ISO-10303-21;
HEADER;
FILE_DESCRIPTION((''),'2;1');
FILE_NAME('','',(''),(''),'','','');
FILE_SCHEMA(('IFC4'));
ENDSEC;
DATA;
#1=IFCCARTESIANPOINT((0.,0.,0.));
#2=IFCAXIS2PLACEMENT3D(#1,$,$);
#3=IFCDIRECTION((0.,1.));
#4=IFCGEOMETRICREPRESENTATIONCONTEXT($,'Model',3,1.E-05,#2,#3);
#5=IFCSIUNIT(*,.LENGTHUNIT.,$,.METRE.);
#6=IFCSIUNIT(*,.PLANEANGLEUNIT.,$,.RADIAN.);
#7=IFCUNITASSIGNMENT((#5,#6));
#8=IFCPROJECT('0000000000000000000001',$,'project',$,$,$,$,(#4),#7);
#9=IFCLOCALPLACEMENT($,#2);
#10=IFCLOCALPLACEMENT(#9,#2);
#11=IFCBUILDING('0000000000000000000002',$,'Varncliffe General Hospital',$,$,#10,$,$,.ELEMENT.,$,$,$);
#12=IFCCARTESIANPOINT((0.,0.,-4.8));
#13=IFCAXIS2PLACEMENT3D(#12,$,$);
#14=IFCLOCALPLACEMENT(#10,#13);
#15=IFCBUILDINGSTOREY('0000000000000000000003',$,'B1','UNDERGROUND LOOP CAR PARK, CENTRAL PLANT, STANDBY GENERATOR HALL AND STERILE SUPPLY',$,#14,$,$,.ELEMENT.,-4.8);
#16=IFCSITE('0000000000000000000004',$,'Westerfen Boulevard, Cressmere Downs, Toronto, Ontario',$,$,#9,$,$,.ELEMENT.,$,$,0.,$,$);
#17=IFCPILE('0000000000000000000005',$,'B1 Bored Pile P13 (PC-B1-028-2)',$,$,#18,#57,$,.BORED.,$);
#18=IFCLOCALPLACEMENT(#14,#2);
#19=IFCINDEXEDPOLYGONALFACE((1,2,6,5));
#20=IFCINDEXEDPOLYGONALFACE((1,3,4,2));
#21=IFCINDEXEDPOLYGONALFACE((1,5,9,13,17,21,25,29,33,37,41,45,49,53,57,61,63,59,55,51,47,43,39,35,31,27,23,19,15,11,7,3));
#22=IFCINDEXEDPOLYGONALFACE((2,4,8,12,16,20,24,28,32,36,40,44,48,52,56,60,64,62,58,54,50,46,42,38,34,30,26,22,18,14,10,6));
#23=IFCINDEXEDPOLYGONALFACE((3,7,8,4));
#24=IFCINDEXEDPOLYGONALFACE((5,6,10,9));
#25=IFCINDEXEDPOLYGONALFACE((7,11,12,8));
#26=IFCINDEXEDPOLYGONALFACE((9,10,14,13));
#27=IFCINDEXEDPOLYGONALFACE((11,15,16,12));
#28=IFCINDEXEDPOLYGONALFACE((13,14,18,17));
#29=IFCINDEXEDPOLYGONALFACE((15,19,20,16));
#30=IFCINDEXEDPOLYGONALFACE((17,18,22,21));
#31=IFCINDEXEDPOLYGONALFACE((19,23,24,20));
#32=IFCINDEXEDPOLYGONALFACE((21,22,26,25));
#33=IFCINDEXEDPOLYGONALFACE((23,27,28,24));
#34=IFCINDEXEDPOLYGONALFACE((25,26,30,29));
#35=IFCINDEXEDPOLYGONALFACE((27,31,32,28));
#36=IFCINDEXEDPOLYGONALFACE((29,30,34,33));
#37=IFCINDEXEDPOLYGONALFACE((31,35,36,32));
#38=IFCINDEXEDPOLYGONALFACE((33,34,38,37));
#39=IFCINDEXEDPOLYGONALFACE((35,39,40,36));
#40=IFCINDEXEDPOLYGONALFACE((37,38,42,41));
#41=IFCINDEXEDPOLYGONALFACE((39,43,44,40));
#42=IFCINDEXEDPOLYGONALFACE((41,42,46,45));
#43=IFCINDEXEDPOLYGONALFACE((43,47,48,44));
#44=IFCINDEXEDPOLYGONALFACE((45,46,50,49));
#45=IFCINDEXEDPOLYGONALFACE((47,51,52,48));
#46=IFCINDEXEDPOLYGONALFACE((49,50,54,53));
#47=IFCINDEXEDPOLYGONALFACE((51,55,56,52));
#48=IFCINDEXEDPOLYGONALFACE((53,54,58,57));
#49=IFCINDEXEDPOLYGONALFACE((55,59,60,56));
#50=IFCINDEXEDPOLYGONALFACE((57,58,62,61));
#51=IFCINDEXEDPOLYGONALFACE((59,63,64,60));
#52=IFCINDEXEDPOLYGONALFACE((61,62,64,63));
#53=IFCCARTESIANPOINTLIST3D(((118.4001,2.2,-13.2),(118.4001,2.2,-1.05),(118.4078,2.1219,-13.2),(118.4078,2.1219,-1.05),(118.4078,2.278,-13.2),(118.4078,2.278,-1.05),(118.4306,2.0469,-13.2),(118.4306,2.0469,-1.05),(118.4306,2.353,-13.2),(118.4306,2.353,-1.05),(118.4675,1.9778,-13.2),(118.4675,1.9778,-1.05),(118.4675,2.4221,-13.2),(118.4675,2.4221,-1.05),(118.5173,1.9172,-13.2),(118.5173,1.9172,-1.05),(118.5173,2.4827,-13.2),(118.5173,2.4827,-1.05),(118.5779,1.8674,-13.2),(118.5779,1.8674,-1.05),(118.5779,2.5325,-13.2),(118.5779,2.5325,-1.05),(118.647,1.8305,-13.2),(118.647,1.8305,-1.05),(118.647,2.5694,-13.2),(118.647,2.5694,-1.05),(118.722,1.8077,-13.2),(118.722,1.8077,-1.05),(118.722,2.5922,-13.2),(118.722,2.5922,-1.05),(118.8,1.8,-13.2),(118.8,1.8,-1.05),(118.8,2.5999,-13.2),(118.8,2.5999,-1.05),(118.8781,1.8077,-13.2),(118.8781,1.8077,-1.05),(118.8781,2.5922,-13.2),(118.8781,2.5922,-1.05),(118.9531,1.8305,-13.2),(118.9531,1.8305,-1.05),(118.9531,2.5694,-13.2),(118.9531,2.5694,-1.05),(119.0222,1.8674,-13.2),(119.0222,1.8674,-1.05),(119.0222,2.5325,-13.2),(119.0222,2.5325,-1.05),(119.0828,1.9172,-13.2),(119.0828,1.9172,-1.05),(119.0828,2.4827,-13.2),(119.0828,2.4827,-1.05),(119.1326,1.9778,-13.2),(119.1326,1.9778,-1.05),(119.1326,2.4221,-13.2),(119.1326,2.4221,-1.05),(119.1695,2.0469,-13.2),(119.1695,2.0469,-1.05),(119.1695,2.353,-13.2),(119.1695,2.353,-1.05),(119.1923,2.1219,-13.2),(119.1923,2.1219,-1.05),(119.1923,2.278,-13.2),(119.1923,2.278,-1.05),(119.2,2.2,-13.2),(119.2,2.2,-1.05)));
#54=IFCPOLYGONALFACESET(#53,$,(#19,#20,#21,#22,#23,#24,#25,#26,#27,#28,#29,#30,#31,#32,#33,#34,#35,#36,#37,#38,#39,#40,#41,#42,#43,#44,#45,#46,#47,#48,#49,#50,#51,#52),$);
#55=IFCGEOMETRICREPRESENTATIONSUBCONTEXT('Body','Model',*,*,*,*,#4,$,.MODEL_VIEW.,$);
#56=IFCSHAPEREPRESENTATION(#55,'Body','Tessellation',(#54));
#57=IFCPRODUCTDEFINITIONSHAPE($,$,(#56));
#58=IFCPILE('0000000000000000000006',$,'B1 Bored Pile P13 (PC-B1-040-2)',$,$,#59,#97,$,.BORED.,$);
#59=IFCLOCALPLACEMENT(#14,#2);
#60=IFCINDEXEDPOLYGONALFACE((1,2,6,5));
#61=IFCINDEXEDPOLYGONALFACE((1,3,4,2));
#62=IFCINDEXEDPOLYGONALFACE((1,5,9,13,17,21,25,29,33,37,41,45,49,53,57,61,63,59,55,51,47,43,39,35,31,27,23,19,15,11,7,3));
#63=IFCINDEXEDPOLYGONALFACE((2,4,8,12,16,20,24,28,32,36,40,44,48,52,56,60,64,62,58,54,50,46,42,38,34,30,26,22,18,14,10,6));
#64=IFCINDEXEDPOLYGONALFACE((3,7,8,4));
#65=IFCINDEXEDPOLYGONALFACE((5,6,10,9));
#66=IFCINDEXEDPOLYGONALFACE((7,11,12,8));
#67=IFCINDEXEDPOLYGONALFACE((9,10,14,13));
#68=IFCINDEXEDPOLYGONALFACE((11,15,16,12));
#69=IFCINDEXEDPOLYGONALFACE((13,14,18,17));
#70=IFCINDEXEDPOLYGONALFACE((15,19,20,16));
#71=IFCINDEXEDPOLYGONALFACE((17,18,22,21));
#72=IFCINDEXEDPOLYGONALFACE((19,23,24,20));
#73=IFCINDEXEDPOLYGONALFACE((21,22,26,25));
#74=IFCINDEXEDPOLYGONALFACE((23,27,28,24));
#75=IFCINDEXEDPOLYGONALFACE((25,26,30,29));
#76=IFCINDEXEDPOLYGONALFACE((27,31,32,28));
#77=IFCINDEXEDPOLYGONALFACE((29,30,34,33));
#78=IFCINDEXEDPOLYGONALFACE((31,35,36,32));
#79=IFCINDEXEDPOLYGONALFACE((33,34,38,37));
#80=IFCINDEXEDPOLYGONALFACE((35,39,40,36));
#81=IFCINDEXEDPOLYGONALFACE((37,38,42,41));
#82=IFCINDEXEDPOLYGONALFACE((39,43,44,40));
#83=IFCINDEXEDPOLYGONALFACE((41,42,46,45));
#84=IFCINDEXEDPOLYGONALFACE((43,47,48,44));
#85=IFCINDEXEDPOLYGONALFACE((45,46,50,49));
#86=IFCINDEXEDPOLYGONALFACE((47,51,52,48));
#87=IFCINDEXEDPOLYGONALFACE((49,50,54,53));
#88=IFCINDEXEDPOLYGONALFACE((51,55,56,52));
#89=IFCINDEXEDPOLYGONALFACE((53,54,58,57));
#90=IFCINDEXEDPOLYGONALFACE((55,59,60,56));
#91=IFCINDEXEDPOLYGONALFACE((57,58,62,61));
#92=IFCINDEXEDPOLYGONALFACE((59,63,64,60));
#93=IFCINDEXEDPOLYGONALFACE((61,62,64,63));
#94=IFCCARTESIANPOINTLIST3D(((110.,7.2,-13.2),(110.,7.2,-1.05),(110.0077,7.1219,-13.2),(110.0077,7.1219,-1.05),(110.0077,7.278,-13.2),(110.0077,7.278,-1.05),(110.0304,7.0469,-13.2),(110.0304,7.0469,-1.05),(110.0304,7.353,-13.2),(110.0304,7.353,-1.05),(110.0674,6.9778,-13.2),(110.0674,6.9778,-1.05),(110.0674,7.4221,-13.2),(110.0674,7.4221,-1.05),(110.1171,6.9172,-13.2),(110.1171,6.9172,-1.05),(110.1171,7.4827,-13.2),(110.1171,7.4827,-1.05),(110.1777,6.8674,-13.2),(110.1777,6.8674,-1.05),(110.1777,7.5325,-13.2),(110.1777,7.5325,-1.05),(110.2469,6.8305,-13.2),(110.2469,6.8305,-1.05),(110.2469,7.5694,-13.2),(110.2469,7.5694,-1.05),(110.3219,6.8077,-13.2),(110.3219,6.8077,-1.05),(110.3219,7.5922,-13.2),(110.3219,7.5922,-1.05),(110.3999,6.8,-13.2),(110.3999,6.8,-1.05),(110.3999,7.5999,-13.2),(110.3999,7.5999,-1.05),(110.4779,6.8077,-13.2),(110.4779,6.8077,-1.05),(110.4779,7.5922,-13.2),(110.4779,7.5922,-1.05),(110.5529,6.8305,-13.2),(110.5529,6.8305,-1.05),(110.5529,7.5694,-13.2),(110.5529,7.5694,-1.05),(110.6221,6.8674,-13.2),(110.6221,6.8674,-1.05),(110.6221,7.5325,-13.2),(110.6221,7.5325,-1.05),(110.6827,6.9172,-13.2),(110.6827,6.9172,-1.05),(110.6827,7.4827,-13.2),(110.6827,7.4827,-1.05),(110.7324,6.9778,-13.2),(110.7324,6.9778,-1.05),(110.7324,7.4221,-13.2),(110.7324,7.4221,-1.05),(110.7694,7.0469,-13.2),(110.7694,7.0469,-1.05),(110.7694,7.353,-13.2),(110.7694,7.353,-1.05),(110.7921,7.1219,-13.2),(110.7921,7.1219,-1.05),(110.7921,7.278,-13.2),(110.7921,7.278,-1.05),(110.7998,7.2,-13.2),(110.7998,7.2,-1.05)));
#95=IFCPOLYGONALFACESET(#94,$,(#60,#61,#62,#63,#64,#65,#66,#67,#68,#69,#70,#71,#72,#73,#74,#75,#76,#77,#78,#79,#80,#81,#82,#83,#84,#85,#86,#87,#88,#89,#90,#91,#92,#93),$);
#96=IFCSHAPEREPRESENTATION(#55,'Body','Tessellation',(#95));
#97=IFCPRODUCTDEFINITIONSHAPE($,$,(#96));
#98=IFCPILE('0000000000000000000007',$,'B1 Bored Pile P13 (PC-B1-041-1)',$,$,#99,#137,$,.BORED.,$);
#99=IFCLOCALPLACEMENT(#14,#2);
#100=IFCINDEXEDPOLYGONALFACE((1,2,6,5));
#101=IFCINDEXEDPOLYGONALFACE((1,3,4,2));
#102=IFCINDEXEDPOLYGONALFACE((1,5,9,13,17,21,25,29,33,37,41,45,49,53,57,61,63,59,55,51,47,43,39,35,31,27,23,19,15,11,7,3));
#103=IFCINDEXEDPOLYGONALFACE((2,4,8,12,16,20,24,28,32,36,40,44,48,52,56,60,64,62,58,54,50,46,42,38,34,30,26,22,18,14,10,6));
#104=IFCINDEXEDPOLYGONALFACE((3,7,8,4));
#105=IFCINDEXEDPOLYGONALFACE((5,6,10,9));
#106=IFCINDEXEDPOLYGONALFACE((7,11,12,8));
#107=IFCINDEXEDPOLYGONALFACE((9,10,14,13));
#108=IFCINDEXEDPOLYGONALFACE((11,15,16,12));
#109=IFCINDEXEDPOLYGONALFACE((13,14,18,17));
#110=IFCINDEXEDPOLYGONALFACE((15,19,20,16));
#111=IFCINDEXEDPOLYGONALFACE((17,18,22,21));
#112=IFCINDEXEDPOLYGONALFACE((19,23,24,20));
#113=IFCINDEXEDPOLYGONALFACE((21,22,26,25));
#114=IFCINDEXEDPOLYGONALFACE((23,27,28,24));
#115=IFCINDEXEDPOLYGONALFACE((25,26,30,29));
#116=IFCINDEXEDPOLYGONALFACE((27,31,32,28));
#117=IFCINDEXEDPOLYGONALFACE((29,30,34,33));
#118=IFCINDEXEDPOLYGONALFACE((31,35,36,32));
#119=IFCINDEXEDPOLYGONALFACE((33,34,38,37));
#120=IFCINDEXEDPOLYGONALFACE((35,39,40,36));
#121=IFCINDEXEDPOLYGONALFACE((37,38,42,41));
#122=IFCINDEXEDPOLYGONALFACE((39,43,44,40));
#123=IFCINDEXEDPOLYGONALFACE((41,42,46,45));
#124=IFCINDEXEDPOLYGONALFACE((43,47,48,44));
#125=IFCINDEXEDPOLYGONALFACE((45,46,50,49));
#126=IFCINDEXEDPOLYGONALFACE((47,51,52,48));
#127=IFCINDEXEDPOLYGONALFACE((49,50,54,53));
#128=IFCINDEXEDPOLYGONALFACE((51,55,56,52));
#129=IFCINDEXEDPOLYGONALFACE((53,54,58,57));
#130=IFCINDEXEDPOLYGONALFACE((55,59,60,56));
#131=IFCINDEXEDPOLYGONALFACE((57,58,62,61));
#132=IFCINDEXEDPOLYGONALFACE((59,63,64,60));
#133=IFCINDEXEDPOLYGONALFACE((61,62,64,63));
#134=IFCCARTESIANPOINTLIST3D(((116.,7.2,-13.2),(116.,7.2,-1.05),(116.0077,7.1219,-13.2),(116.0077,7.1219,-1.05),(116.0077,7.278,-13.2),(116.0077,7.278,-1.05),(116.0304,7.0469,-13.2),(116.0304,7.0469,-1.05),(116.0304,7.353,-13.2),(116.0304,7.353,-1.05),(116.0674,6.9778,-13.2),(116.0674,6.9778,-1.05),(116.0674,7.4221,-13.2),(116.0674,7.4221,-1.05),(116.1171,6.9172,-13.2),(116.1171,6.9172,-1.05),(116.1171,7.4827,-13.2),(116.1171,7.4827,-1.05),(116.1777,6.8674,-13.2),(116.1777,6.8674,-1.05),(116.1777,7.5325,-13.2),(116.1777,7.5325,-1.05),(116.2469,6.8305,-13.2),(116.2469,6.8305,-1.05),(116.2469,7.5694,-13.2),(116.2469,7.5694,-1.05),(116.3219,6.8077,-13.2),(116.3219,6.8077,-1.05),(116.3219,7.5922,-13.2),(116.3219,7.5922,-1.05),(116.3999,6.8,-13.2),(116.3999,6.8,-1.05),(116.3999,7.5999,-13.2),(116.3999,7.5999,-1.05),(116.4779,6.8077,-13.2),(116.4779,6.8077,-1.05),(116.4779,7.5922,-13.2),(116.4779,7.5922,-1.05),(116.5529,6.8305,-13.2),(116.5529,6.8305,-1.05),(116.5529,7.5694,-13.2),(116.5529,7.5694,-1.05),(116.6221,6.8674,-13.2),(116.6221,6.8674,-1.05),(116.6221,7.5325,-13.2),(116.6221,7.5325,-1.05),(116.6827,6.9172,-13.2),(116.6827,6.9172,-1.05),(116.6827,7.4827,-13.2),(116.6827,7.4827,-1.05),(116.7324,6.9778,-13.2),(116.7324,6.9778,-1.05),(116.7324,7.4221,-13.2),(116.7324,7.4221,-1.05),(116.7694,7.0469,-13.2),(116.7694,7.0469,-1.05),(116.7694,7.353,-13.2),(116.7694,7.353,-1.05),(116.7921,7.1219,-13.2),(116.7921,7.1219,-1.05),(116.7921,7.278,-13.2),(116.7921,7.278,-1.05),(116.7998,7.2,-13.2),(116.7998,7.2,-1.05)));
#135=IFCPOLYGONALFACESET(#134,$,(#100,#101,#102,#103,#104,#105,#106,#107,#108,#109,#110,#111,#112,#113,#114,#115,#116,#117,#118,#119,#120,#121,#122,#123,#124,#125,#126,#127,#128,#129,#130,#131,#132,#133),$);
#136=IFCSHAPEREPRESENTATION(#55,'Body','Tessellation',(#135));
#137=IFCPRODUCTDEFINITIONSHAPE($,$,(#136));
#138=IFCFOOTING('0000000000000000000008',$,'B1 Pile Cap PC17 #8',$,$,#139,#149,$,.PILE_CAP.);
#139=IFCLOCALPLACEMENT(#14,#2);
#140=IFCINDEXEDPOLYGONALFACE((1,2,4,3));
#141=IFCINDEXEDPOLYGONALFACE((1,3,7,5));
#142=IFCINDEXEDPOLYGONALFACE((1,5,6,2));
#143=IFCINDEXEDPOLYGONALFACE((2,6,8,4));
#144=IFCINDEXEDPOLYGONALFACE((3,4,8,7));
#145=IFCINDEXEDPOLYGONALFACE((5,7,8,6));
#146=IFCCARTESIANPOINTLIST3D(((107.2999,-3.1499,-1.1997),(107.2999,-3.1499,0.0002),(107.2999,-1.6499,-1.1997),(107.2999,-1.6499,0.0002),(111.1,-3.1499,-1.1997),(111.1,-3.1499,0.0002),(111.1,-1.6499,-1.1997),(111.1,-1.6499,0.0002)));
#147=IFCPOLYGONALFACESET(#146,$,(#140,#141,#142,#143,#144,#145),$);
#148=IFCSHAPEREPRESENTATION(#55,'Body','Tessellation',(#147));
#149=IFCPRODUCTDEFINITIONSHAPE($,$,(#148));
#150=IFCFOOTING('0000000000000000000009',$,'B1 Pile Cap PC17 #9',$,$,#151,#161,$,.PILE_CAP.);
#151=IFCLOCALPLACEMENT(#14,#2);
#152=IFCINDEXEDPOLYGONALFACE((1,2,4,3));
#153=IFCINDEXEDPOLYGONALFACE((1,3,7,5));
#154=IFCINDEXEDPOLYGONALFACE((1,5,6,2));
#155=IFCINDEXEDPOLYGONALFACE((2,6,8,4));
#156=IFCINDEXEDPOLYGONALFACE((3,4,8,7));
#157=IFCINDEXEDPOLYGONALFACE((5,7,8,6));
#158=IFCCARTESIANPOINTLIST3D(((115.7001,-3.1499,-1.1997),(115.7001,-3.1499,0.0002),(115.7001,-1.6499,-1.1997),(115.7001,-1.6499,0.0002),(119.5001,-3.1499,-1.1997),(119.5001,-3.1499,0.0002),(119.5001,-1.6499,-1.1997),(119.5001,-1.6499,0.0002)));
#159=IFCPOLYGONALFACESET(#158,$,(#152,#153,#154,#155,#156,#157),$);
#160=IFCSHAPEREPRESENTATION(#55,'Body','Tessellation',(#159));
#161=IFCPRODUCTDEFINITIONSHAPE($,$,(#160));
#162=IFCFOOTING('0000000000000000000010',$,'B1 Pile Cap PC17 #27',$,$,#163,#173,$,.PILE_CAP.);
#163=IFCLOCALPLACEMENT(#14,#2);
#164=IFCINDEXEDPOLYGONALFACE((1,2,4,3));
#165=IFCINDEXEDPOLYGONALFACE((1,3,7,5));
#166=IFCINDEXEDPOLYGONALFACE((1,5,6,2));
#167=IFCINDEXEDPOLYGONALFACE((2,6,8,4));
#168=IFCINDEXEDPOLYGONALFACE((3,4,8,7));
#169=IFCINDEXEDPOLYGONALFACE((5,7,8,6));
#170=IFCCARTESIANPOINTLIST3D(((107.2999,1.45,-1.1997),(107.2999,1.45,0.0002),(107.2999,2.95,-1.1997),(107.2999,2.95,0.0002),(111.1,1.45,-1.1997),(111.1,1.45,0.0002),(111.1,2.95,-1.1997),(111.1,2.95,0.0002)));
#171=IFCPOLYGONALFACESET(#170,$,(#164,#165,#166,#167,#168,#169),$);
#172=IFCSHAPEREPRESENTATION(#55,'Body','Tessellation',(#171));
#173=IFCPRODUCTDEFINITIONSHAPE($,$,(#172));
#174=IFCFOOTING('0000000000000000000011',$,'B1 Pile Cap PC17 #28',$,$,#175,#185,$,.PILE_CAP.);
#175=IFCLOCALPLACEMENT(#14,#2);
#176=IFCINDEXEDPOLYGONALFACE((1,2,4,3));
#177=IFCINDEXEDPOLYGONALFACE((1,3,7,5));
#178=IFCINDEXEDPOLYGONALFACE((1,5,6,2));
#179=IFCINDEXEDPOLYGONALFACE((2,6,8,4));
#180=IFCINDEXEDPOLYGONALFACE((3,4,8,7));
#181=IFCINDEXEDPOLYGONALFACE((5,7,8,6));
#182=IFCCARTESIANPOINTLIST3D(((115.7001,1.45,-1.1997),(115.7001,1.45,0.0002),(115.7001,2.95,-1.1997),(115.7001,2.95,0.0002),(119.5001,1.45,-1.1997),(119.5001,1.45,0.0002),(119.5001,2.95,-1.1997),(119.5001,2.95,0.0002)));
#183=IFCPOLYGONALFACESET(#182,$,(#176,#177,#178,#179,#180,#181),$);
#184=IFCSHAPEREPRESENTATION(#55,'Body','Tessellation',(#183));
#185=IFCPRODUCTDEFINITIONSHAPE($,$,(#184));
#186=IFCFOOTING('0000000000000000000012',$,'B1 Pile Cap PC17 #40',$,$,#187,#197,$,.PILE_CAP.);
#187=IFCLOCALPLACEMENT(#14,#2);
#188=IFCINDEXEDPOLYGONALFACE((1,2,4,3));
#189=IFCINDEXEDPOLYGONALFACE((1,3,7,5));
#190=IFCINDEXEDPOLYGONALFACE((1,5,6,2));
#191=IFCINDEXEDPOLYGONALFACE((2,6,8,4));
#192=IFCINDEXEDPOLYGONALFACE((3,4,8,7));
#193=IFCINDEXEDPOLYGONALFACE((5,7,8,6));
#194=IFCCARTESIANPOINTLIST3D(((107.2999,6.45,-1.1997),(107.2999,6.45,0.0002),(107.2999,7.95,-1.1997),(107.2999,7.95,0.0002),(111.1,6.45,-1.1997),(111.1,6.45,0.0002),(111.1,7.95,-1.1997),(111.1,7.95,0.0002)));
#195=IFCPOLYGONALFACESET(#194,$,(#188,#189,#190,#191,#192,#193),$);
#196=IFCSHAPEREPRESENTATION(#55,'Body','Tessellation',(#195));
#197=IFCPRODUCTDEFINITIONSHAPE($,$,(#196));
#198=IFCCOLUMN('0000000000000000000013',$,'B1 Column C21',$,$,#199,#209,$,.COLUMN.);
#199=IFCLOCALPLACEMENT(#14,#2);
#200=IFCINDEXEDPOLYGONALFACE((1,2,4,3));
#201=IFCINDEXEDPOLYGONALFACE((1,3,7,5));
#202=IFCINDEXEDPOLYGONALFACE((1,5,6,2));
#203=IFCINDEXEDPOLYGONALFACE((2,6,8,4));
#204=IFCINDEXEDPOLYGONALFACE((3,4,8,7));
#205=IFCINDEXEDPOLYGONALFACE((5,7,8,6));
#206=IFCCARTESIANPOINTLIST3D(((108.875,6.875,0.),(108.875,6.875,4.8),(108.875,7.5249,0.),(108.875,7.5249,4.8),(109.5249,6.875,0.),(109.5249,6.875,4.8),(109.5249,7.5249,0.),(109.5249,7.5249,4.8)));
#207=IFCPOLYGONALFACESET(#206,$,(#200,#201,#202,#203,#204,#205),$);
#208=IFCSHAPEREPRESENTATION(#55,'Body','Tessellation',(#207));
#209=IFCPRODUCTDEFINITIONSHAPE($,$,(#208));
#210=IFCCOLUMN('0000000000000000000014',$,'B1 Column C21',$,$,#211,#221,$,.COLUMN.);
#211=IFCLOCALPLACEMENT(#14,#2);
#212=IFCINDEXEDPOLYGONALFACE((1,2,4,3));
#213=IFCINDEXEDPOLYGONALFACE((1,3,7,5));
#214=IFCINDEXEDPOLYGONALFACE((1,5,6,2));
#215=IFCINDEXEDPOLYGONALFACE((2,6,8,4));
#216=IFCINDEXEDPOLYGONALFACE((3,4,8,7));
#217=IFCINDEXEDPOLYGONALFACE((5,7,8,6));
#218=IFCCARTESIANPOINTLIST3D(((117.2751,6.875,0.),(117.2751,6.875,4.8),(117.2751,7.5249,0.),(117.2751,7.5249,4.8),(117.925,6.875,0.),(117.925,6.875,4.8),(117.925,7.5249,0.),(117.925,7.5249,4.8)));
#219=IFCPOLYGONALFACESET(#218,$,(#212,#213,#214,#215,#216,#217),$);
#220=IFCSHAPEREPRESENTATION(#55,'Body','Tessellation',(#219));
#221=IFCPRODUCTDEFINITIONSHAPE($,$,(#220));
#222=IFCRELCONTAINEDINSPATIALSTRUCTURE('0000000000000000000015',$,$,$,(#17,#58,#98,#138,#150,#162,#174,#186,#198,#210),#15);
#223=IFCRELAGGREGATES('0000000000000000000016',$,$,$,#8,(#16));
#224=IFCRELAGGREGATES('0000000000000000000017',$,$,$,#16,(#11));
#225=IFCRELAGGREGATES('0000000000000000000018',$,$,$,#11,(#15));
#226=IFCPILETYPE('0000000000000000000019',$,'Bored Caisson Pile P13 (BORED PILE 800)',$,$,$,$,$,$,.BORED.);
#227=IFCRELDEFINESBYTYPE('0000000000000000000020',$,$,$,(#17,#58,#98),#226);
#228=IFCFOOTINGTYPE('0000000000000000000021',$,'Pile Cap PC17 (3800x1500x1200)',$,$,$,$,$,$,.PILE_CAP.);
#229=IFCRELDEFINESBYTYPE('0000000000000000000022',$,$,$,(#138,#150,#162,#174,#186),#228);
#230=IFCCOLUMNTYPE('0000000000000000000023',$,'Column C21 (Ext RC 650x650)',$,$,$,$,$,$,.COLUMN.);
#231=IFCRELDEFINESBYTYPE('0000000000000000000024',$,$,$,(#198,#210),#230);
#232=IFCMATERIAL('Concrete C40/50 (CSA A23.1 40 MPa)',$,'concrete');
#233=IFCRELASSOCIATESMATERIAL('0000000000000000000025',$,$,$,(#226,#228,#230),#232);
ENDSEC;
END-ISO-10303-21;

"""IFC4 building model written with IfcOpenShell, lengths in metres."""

from ifc_helpers import new_model, si_unit, direction, frame, origin, origin_2d, place, context, subcontext, project, spatial, rectangle, circle, extrude, material, material_profile, profile_set, type_object, element, save


model = new_model("IFC4")

# Units and contexts
model_context = context("Model", 3, precision=1e-05, world=origin(), true_north=direction((0.0, 1.0)))
body_context = subcontext(model_context, "Body", "Model", "MODEL_VIEW")
ifc_project = project(units=[si_unit("LENGTHUNIT", "METRE"), si_unit("PLANEANGLEUNIT", "RADIAN")], contexts=[model_context])

# Site, building, storey
site_placement = place(None, origin())
site = spatial("IfcSite", under=ifc_project, at=site_placement, Name="Westerfen Boulevard, Cressmere Downs, Toronto, Ontario", CompositionType="ELEMENT", RefElevation=0.0)
building_placement = place(site_placement, origin())
building = spatial("IfcBuilding", under=site, at=building_placement, Name="Varncliffe General Hospital", CompositionType="ELEMENT")
storey_placement = place(building_placement, frame((0.0, 0.0, -4.8)))
storey = spatial("IfcBuildingStorey", under=building, at=storey_placement, Name="B1", Description="UNDERGROUND LOOP CAR PARK, CENTRAL PLANT, STANDBY GENERATOR HALL AND STERILE SUPPLY", CompositionType="ELEMENT", Elevation=-4.8)

# Piles
ifc_material_1 = material(Name="Concrete C40/50 (CSA A23.1 40 MPa)", Category="concrete")
ifc_material_profile_1 = material_profile(ifc_material_1, circle(Radius=0.3999, at=origin_2d()), Name="BORED PILE 800")
ifc_profile_set_1 = profile_set([ifc_material_profile_1], Name="Concrete C40/50 (CSA A23.1 40 MPa)")
pile_type = type_object("IfcPileType", Name="Bored Caisson Pile P13 (BORED PILE 800)", PredefinedType="BORED", material=ifc_profile_set_1)
for number, where, z_axis, x_axis, name in (
    (1, (118.8, 2.2, -1.05), (0.0, 0.0, -1.0), (1.0, 0.0, 0.0), "B1 Bored Pile P13 (PC-B1-028-2)"),
    (2, (110.3999, 7.2, -1.05), (0.0, 0.0, -1.0), (1.0, 0.0, 0.0), "B1 Bored Pile P13 (PC-B1-040-2)"),
    (3, (116.3999, 7.2, -1.05), (0.0, 0.0, -1.0), (1.0, 0.0, 0.0), "B1 Bored Pile P13 (PC-B1-041-1)"),
):
    element("IfcPile", number, at=place(storey_placement, frame(where, z_axis=z_axis, x_axis=x_axis)), inside=storey, type_object=pile_type, Name=name, PredefinedType="BORED", context=body_context, shape_type="SweptSolid", body=[
        extrude(circle(Radius=0.3999, at=origin_2d()), origin(), (0.0, 0.0, 1.0), 12.1499),
    ])

# Footings
footing_type = type_object("IfcFootingType", Name="Pile Cap PC17 (3800x1500x1200)", PredefinedType="PILE_CAP", material=ifc_material_1)
for number, where, z_axis, x_axis, name in (
    (4, (109.2, -2.3999, -1.1997), (0.0, 0.0, 1.0), (1.0, 0.0, 0.0), "B1 Pile Cap PC17 #8"),
    (5, (117.6001, -2.3999, -1.1997), (0.0, 0.0, 1.0), (1.0, 0.0, 0.0), "B1 Pile Cap PC17 #9"),
    (6, (109.2, 2.2, -1.1997), (0.0, 0.0, 1.0), (1.0, 0.0, 0.0), "B1 Pile Cap PC17 #27"),
    (7, (117.6001, 2.2, -1.1997), (0.0, 0.0, 1.0), (1.0, 0.0, 0.0), "B1 Pile Cap PC17 #28"),
    (8, (109.2, 7.2, -1.1997), (0.0, 0.0, 1.0), (1.0, 0.0, 0.0), "B1 Pile Cap PC17 #40"),
):
    element("IfcFooting", number, at=place(storey_placement, frame(where, z_axis=z_axis, x_axis=x_axis)), inside=storey, type_object=footing_type, Name=name, PredefinedType="PILE_CAP", context=body_context, shape_type="SweptSolid", body=[
        extrude(rectangle(XDim=3.8, YDim=1.5, at=origin_2d()), origin(), (0.0, 0.0, 1.0), 1.2),
    ])

# Columns
ifc_material_profile_2 = material_profile(ifc_material_1, rectangle(XDim=0.6499, YDim=0.6499, at=origin_2d()), Name="RC 650x650")
ifc_profile_set_2 = profile_set([ifc_material_profile_2], Name="Concrete C40/50 (CSA A23.1 40 MPa)")
column_type_1 = type_object("IfcColumnType", Name="Column C21 (Ext RC 650x650)", PredefinedType="COLUMN", material=ifc_profile_set_2)
for number, where, z_axis, x_axis, name in (
    (9, (109.2, 7.2, 0.0), (0.0, 0.0, 1.0), (1.0, 0.0, 0.0), "B1 Column C21"),
    (10, (117.6001, 7.2, 0.0), (0.0, 0.0, 1.0), (1.0, 0.0, 0.0), "B1 Column C21"),
):
    element("IfcColumn", number, at=place(storey_placement, frame(where, z_axis=z_axis, x_axis=x_axis)), inside=storey, type_object=column_type_1, Name=name, PredefinedType="COLUMN", context=body_context, shape_type="SweptSolid", body=[
        extrude(rectangle(XDim=0.6499, YDim=0.6499, at=origin_2d()), origin(), (0.0, 0.0, 1.0), 4.8),
    ])

save(model, "model.ifc")
